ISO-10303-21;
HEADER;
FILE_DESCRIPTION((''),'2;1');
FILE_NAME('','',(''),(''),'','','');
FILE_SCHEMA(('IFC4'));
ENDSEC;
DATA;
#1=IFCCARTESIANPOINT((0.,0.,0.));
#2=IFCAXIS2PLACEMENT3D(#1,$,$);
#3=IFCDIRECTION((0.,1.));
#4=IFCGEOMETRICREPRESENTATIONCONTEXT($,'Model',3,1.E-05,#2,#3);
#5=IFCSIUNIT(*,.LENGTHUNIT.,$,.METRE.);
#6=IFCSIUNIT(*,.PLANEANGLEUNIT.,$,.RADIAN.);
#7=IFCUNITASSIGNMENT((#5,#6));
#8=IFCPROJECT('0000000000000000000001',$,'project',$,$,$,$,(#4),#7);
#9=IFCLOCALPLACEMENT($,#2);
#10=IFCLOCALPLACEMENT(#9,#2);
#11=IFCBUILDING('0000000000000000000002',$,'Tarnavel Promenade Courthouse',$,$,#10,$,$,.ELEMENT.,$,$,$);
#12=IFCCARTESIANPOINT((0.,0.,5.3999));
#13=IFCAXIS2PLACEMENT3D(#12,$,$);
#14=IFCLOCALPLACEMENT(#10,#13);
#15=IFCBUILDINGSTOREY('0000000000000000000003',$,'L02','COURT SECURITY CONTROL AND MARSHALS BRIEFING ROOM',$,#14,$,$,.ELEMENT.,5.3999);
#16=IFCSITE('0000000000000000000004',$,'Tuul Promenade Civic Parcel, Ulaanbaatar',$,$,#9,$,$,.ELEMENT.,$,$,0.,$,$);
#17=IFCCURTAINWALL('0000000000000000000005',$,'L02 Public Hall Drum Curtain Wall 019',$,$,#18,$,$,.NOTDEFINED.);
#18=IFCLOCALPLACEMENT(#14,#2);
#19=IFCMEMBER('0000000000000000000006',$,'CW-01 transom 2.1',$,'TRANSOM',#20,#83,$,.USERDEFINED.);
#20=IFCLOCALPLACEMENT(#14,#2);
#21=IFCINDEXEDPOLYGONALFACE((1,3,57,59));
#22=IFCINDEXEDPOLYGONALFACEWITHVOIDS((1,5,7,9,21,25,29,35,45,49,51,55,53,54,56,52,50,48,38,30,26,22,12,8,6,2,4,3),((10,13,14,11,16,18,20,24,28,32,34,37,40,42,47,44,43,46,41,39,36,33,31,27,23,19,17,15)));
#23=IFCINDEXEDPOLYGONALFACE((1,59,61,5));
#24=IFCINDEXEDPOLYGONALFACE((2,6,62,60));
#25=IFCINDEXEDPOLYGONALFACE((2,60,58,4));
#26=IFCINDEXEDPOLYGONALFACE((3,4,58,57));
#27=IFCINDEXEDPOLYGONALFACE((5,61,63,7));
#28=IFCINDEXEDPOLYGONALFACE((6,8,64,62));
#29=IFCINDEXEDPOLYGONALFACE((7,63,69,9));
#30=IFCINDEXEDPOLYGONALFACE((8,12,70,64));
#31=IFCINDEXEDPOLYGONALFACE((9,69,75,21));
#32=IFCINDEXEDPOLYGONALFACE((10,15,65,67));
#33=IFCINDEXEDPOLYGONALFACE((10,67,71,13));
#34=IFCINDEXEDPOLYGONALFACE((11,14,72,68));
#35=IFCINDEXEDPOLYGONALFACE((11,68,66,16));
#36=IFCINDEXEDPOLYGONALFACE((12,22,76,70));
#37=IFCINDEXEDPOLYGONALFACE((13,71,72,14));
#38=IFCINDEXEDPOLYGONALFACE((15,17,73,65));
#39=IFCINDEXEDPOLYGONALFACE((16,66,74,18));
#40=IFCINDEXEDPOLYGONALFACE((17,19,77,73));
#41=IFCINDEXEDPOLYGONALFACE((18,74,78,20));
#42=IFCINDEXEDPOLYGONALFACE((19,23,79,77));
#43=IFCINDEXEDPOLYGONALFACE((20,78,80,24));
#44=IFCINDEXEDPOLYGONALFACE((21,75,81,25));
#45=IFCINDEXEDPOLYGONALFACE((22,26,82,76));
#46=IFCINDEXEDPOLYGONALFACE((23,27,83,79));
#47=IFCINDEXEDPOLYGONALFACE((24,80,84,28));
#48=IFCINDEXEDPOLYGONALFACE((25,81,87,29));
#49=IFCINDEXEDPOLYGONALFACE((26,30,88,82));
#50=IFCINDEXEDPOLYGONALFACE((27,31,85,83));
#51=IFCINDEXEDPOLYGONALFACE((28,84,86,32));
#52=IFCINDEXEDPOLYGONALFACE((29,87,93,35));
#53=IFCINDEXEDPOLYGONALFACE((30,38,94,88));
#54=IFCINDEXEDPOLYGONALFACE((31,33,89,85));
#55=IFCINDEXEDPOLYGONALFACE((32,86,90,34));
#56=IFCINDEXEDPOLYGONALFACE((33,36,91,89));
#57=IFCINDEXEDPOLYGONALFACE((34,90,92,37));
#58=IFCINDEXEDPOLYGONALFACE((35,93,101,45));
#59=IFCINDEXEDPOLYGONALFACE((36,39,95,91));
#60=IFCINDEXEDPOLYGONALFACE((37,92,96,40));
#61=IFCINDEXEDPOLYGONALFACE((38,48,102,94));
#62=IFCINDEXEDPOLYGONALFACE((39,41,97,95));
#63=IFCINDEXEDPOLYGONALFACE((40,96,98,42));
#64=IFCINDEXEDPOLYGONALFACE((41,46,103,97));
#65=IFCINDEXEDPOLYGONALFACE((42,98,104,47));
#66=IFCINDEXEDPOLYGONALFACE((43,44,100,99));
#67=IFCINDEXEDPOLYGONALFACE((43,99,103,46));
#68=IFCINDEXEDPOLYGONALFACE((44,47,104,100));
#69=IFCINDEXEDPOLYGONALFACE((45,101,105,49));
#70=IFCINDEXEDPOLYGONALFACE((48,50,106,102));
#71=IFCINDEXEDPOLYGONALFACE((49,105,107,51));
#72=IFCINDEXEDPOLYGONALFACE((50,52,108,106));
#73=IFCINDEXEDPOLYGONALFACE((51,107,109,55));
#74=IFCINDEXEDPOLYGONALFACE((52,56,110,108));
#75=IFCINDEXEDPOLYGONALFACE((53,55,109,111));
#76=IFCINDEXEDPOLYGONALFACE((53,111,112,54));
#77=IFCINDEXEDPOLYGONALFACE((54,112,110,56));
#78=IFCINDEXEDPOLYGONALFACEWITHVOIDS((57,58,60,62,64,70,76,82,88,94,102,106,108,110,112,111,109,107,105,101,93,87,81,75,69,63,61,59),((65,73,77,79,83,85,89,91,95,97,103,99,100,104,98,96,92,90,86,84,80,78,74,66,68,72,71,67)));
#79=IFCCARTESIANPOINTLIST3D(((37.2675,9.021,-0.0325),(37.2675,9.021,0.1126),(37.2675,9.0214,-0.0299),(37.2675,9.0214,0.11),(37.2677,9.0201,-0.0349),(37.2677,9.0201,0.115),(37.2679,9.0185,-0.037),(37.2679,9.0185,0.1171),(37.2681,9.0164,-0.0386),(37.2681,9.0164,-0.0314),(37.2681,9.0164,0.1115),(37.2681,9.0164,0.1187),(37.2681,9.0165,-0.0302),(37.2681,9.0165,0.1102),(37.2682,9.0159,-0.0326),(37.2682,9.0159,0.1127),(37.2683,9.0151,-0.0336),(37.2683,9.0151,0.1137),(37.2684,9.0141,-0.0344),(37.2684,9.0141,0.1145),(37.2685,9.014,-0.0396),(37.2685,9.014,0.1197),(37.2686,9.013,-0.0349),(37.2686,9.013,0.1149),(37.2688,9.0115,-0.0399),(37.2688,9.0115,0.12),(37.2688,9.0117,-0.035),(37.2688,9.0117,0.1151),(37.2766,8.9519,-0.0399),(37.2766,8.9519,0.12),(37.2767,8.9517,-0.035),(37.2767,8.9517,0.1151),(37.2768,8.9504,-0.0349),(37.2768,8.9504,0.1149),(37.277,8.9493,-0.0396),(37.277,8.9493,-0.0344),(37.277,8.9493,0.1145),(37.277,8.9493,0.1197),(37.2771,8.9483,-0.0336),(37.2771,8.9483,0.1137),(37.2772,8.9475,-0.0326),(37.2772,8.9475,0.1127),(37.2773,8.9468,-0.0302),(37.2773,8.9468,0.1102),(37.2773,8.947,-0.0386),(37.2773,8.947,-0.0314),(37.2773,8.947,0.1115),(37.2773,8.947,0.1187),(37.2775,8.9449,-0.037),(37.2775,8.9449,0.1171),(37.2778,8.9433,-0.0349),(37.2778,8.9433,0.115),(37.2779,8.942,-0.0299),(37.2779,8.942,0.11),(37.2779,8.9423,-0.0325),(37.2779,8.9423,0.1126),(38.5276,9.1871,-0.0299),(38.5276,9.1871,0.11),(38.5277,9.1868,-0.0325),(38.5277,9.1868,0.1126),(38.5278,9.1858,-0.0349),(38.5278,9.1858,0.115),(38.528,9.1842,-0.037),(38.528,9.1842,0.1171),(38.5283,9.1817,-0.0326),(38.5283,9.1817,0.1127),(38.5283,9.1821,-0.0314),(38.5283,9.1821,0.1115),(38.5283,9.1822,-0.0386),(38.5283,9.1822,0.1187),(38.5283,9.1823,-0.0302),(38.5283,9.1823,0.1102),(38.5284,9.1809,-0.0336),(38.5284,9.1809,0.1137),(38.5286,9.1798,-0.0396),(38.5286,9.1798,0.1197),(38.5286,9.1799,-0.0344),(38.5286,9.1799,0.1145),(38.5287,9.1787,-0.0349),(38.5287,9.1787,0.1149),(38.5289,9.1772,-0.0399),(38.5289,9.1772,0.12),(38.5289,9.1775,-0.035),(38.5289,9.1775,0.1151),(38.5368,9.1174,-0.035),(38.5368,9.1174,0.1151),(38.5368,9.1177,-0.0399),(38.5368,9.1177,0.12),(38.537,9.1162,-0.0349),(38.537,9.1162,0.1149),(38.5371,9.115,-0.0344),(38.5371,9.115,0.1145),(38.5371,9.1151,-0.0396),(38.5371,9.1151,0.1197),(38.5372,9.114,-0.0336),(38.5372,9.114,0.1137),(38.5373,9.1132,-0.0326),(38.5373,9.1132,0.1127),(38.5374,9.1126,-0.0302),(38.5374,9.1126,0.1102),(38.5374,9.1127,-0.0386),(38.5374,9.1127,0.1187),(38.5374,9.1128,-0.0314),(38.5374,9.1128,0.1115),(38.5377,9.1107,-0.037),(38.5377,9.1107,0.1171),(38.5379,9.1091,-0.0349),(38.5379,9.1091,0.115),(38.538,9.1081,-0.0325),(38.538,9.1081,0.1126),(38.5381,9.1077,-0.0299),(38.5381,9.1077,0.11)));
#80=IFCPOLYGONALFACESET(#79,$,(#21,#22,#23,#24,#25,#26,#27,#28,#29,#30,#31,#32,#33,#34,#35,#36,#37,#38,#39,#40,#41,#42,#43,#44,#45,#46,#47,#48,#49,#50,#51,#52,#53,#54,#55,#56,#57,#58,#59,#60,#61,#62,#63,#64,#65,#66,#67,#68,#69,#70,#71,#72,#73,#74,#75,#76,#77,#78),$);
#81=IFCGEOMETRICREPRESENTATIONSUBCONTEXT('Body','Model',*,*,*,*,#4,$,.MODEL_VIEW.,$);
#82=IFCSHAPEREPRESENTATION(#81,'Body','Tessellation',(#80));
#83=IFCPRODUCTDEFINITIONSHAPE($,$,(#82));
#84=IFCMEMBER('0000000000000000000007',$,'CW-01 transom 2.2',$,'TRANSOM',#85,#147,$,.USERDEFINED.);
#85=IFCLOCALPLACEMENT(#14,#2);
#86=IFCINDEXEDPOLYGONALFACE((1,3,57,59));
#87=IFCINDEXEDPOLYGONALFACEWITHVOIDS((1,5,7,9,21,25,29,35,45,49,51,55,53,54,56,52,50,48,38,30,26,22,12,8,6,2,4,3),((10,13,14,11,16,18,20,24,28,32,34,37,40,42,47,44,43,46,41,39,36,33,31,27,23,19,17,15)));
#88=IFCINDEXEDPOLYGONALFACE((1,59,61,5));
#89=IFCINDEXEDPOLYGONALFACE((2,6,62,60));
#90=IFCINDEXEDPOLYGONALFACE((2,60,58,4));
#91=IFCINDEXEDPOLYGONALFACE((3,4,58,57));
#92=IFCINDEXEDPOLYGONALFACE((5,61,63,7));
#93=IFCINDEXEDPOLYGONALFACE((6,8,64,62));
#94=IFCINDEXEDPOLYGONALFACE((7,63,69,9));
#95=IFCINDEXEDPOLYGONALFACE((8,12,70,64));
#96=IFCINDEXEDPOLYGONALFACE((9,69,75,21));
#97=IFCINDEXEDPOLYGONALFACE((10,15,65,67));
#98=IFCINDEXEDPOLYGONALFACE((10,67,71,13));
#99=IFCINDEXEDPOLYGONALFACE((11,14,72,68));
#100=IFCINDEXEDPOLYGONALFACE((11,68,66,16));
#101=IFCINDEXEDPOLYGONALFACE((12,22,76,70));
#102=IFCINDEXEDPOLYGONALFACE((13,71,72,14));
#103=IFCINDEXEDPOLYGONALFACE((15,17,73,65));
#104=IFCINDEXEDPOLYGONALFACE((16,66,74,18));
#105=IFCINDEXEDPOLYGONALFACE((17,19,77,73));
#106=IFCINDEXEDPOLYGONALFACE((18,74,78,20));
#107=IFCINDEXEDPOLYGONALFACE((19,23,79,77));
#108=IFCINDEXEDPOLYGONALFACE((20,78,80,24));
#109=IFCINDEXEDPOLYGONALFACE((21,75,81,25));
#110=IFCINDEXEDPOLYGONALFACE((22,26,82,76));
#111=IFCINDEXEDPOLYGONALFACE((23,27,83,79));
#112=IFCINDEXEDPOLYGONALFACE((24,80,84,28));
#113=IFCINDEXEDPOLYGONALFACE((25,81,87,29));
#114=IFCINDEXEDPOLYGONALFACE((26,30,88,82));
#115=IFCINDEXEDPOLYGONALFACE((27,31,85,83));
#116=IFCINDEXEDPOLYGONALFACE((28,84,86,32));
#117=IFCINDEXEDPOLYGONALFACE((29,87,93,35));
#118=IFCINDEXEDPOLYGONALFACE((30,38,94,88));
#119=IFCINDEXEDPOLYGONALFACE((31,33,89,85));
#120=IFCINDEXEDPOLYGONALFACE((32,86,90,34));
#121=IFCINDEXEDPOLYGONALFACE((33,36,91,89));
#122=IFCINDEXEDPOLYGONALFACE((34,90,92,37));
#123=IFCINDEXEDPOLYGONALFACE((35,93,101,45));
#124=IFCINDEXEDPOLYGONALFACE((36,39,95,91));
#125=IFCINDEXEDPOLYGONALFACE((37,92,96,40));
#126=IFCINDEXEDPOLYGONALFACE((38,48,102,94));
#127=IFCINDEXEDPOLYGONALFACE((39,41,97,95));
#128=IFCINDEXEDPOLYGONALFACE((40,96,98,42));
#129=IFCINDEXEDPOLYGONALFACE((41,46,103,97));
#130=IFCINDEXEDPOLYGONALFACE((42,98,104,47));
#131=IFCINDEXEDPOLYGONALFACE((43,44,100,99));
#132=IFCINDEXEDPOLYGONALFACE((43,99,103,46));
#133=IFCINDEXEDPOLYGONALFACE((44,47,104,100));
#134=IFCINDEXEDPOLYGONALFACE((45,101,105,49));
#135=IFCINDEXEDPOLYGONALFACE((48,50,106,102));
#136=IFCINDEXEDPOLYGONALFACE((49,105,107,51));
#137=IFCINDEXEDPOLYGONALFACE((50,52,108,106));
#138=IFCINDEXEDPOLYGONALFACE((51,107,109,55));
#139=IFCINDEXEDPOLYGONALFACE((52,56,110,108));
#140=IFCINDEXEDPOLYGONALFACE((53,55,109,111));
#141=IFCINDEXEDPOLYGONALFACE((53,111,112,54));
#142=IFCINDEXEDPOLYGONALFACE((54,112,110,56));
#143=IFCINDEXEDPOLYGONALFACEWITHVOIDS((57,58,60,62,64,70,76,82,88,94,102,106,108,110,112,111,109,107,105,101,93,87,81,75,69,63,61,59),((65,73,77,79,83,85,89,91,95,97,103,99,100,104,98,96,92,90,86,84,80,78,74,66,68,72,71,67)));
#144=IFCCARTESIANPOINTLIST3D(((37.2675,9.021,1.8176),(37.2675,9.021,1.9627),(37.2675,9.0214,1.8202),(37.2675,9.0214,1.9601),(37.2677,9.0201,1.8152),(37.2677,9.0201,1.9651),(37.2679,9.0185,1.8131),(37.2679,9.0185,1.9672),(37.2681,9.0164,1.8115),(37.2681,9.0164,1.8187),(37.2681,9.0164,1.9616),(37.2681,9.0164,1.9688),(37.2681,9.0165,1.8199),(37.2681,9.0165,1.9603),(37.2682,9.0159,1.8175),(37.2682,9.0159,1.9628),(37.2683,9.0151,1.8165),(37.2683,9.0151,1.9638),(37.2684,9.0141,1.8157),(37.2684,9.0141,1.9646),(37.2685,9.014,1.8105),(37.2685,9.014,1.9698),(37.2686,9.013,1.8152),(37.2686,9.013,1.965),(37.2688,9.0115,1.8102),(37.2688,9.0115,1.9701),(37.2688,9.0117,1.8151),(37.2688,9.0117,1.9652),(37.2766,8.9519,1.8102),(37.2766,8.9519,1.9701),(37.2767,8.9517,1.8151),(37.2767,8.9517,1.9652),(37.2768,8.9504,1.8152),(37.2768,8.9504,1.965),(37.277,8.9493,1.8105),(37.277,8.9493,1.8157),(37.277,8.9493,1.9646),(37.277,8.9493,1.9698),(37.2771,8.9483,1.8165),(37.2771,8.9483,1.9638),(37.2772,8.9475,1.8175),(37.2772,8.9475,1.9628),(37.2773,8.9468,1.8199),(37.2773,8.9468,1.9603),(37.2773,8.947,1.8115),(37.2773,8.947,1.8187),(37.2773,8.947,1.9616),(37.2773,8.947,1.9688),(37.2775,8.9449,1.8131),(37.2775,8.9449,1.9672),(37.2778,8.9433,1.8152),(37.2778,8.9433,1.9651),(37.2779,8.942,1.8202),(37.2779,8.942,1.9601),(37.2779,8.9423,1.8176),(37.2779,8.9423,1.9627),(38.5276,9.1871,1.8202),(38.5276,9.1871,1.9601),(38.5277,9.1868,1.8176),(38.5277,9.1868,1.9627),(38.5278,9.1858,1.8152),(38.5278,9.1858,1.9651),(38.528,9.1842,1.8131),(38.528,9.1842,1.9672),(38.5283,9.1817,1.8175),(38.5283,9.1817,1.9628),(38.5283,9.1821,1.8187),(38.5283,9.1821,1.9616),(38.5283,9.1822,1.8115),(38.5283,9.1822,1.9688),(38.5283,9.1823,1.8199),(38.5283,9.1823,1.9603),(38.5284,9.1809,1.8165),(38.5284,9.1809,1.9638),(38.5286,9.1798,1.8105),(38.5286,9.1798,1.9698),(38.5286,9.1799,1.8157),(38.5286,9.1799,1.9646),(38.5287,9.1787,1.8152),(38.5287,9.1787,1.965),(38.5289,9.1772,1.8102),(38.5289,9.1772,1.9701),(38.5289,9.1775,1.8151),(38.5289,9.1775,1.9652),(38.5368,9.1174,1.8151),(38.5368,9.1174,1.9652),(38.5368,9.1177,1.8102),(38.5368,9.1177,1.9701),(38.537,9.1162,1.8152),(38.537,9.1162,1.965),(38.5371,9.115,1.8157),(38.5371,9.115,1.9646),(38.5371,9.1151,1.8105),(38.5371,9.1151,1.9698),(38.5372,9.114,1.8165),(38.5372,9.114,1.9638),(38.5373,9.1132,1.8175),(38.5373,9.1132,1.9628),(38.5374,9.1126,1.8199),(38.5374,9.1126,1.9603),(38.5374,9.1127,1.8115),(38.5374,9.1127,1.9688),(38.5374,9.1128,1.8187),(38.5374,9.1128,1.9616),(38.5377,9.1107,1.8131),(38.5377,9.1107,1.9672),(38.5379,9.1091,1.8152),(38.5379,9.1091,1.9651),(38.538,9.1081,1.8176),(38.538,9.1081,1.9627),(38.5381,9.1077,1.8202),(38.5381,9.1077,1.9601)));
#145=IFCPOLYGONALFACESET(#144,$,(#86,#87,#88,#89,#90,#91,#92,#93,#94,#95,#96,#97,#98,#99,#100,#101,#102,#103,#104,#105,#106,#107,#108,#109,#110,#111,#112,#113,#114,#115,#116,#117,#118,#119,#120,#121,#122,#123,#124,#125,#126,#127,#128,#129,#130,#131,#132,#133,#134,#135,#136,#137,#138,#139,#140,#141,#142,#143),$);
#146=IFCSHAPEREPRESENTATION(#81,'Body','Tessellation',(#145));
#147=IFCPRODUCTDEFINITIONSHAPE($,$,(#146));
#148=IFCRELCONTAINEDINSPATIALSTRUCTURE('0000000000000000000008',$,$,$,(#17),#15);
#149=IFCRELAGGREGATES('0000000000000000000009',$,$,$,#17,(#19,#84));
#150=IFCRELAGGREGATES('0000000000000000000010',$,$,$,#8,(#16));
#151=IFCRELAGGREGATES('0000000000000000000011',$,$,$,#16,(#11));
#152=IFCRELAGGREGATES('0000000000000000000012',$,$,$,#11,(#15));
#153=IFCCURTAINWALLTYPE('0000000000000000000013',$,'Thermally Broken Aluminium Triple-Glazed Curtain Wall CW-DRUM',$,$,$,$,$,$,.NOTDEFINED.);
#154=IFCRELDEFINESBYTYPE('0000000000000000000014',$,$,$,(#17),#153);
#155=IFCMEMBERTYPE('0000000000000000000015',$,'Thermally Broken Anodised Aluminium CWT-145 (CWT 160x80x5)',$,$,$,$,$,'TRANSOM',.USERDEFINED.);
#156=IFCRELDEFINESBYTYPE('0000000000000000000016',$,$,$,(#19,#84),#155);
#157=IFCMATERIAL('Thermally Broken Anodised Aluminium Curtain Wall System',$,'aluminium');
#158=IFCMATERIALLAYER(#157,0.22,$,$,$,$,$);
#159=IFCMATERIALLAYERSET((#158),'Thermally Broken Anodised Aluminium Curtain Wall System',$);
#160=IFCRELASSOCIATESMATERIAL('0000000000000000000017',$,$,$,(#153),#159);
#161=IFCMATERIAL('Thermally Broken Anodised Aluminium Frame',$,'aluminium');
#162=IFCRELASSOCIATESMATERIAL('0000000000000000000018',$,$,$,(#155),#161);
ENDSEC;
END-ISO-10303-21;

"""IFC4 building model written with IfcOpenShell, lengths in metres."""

from ifc_helpers import new_model, si_unit, direction, frame, origin, origin_2d, place, context, subcontext, project, spatial, hollow_rectangle, extrude, material, layer, layer_set, material_profile, profile_set, type_object, element, aggregate, save


model = new_model("IFC4")

# Units and contexts
model_context = context("Model", 3, precision=1e-05, world=origin(), true_north=direction((0.0, 1.0)))
body_context = subcontext(model_context, "Body", "Model", "MODEL_VIEW")
ifc_project = project(units=[si_unit("LENGTHUNIT", "METRE"), si_unit("PLANEANGLEUNIT", "RADIAN")], contexts=[model_context])

# Site, building, storey
site_placement = place(None, origin())
site = spatial("IfcSite", under=ifc_project, at=site_placement, Name="Tuul Promenade Civic Parcel, Ulaanbaatar", CompositionType="ELEMENT", RefElevation=0.0)
building_placement = place(site_placement, origin())
building = spatial("IfcBuilding", under=site, at=building_placement, Name="Tarnavel Promenade Courthouse", CompositionType="ELEMENT")
storey_placement = place(building_placement, frame((0.0, 0.0, 5.3999)))
storey = spatial("IfcBuildingStorey", under=building, at=storey_placement, Name="L02", Description="COURT SECURITY CONTROL AND MARSHALS BRIEFING ROOM", CompositionType="ELEMENT", Elevation=5.3999)

# Curtain wall
ifc_material_1 = material(Name="Thermally Broken Anodised Aluminium Curtain Wall System", Category="aluminium")
ifc_layer_1 = layer(ifc_material_1, 0.22)
ifc_layer_set_1 = layer_set([ifc_layer_1], Name="Thermally Broken Anodised Aluminium Curtain Wall System")
curtain_wall_type = type_object("IfcCurtainWallType", Name="Thermally Broken Aluminium Triple-Glazed Curtain Wall CW-DRUM", PredefinedType="NOTDEFINED", material=ifc_layer_set_1)
ifc_material_2 = material(Name="Thermally Broken Anodised Aluminium Frame", Category="aluminium")
curtain_wall_1_placement = place(storey_placement, origin())
curtain_wall_1 = element("IfcCurtainWall", 1, at=curtain_wall_1_placement, inside=storey, type_object=curtain_wall_type, Name="L02 Public Hall Drum Curtain Wall 019", PredefinedType="NOTDEFINED")

# Members
ifc_material_profile_1 = material_profile(ifc_material_2, hollow_rectangle(XDim=0.0801, YDim=0.1599, WallThickness=0.0049, InnerFilletRadius=0.0049, OuterFilletRadius=0.01, at=origin_2d()), Name="CWT 160x80x5")
ifc_profile_set_1 = profile_set([ifc_material_profile_1], Name="Thermally Broken Anodised Aluminium Frame")
member_type_1 = type_object("IfcMemberType", Name="Thermally Broken Anodised Aluminium CWT-145 (CWT 160x80x5)", ElementType="TRANSOM", PredefinedType="USERDEFINED", material=ifc_profile_set_1)
member_1_placement = place(storey_placement, frame((37.2727, 8.9817, 0.04), z_axis=(0.99146, 0.130415, 0.0), x_axis=(-0.130415, 0.99146, 0.0)))
member_1 = element("IfcMember", 2, at=member_1_placement, type_object=member_type_1, Name="CW-01 transom 2.1", ObjectType="TRANSOM", PredefinedType="USERDEFINED", context=body_context, shape_type="SweptSolid", body=[
    extrude(hollow_rectangle(XDim=0.0801, YDim=0.1599, WallThickness=0.0049, InnerFilletRadius=0.0049, OuterFilletRadius=0.01, at=origin_2d()), origin(), (0.0, 0.0, 1.0), 1.271),
])
member_2_placement = place(storey_placement, frame((37.2727, 8.9817, 1.8901), z_axis=(0.99146, 0.130415, 0.0), x_axis=(-0.130415, 0.99146, 0.0)))
member_2 = element("IfcMember", 3, at=member_2_placement, type_object=member_type_1, Name="CW-01 transom 2.2", ObjectType="TRANSOM", PredefinedType="USERDEFINED", context=body_context, shape_type="SweptSolid", body=[
    extrude(hollow_rectangle(XDim=0.0801, YDim=0.1599, WallThickness=0.0049, InnerFilletRadius=0.0049, OuterFilletRadius=0.01, at=origin_2d()), origin(), (0.0, 0.0, 1.0), 1.271),
])

aggregate(curtain_wall_1, [member_1, member_2])

save(model, "model.ifc")
